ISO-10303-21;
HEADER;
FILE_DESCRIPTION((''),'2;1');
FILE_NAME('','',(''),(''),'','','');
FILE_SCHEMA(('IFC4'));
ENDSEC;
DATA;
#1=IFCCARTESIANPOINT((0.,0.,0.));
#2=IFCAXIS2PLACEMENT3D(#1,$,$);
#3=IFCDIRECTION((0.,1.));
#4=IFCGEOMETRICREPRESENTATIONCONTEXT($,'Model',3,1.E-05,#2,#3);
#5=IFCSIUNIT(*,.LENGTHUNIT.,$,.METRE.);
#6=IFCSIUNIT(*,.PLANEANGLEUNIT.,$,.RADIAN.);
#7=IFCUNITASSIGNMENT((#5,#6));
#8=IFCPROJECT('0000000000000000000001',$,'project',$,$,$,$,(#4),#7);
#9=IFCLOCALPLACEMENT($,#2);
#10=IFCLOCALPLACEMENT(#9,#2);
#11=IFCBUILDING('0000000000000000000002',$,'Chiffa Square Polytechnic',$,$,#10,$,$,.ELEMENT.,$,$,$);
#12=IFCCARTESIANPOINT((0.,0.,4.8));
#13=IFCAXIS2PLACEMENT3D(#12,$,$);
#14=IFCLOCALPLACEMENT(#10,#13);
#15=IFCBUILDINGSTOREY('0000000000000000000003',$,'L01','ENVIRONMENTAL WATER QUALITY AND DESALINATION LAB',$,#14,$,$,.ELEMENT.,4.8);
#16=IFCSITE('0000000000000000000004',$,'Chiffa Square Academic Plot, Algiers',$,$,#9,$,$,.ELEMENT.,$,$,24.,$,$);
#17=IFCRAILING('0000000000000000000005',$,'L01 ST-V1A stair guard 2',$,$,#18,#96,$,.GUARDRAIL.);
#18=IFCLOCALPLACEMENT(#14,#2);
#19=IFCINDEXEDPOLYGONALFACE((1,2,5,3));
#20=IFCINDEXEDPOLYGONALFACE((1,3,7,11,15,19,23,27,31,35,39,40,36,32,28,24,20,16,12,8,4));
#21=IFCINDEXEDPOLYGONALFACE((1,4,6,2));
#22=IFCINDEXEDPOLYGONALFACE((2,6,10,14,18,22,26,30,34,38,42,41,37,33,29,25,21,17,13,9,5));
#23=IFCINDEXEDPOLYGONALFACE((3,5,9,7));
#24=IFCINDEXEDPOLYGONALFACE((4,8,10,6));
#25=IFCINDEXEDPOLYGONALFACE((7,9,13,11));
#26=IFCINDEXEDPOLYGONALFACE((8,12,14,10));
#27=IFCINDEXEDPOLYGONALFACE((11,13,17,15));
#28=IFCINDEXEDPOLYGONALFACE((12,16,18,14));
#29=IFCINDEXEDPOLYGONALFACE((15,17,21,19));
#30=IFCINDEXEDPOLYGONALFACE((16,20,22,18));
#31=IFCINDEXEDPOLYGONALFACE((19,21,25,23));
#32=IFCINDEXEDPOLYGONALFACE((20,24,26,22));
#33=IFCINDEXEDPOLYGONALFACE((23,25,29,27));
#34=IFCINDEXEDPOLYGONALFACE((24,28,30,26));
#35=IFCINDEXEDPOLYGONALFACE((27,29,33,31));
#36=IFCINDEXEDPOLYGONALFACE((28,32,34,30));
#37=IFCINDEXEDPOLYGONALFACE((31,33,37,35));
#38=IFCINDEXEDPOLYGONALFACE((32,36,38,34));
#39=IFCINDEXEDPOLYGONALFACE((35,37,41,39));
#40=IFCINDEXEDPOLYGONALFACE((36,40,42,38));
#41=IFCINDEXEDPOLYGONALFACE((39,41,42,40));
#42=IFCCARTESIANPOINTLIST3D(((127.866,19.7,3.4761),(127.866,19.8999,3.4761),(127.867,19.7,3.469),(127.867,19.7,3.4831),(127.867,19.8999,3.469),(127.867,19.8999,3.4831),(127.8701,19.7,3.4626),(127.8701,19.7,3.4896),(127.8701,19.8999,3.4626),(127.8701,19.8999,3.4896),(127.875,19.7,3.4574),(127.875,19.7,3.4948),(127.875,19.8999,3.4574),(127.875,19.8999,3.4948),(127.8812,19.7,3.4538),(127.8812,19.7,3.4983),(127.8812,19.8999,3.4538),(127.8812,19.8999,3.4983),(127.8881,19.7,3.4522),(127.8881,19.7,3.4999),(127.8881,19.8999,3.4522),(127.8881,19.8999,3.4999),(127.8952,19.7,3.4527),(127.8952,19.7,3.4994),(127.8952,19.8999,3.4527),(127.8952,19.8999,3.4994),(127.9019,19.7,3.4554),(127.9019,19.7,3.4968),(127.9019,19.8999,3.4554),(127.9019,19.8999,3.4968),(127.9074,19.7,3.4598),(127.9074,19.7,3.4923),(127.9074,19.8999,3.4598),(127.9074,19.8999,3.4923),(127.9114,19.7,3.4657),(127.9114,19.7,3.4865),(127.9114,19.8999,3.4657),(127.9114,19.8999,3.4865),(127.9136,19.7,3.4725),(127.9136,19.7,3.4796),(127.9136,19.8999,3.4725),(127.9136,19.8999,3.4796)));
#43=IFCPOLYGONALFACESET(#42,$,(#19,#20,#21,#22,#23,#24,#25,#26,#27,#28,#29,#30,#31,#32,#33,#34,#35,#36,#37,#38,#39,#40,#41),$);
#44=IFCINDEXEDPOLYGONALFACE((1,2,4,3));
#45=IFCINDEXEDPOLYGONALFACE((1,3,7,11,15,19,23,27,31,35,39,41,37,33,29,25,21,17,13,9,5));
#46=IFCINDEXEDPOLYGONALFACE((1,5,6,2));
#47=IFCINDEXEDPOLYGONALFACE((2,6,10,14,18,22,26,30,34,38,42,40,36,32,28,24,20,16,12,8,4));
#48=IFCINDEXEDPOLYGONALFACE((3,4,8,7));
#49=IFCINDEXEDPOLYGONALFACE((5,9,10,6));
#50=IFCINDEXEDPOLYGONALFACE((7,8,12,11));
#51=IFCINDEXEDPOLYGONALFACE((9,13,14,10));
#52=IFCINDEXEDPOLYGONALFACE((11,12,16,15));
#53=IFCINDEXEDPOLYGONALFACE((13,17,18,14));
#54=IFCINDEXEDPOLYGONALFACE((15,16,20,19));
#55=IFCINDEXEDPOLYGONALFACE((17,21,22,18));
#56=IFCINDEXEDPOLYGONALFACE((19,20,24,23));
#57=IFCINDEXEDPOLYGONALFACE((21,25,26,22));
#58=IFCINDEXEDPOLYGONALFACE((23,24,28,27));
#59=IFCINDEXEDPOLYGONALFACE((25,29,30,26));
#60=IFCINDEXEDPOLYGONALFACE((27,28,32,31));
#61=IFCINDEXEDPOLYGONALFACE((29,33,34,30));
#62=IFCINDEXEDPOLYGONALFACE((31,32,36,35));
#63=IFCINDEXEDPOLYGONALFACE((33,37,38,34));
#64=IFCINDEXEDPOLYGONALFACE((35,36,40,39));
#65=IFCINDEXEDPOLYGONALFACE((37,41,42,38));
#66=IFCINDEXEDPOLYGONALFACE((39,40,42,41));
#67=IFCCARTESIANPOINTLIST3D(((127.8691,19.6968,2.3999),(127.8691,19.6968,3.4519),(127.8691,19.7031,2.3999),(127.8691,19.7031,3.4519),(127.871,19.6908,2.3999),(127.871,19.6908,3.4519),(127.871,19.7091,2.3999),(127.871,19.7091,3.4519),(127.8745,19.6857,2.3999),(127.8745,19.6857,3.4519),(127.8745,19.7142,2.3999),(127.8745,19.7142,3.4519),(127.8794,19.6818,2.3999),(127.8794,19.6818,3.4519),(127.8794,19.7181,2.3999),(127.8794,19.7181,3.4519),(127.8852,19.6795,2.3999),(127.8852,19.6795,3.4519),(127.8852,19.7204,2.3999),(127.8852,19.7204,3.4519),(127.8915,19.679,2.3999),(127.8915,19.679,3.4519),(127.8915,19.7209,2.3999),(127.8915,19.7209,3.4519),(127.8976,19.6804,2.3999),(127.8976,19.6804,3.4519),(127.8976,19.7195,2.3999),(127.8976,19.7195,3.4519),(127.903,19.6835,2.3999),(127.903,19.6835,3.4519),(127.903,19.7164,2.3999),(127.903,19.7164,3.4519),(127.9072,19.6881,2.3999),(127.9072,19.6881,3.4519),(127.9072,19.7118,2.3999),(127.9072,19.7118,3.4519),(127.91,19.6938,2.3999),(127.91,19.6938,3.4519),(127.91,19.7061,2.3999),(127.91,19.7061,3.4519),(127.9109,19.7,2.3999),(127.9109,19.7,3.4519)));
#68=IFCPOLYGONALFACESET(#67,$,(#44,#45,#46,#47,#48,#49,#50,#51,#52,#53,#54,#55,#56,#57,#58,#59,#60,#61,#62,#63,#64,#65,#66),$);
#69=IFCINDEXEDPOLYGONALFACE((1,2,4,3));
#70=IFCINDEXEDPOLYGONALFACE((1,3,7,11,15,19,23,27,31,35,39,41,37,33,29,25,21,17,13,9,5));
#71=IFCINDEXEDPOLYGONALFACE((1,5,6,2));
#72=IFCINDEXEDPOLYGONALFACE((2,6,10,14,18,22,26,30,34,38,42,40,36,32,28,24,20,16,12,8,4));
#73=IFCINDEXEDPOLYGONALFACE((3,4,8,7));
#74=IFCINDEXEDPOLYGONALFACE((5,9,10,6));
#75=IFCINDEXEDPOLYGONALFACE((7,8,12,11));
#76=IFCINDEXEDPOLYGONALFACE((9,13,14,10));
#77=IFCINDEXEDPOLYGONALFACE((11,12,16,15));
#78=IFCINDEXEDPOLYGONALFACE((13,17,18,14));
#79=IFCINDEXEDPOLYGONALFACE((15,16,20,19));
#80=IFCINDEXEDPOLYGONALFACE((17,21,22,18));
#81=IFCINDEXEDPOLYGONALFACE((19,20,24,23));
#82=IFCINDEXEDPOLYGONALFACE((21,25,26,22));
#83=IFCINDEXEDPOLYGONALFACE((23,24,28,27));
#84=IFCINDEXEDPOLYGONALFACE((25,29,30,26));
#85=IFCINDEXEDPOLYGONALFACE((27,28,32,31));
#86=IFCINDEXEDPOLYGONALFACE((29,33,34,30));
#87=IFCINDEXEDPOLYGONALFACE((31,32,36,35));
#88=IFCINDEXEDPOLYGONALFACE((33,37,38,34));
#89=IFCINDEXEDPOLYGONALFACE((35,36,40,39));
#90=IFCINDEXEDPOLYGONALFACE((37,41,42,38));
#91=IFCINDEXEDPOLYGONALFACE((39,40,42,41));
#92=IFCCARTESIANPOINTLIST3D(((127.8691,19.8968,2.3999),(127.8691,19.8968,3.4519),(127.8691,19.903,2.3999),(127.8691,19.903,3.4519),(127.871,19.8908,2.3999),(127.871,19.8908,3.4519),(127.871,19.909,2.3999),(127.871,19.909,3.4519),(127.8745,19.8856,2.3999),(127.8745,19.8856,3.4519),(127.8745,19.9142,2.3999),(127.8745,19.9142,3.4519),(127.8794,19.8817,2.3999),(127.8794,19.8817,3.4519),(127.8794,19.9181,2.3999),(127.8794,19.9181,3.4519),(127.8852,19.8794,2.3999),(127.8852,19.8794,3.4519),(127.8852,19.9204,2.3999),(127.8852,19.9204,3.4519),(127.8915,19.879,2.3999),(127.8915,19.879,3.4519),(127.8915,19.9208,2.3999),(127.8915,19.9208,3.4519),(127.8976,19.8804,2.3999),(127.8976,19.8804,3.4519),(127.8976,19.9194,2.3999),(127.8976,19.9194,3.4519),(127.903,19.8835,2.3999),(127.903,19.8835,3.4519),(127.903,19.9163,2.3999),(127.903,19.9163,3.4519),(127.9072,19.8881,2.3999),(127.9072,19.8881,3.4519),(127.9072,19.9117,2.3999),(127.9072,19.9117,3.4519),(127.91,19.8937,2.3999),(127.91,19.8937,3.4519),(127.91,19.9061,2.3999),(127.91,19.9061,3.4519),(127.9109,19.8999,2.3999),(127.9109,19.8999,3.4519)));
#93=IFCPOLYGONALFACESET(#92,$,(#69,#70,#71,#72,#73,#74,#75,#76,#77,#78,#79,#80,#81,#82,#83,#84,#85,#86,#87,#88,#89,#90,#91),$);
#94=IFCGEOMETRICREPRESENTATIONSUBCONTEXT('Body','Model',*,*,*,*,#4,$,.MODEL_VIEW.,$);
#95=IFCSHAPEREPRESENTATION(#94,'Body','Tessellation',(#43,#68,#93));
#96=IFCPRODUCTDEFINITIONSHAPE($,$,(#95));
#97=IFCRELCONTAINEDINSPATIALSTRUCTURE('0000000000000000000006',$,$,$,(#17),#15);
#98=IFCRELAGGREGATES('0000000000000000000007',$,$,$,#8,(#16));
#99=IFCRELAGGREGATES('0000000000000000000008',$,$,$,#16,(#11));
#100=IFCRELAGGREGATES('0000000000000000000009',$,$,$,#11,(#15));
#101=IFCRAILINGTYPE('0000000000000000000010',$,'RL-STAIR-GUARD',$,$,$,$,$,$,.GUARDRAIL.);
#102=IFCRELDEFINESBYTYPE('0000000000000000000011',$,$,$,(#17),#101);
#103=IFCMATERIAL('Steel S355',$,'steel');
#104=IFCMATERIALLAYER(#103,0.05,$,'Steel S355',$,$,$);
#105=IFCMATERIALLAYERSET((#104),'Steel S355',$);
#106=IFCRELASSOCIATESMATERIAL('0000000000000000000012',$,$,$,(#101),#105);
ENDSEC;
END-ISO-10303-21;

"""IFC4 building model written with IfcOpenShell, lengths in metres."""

from ifc_helpers import new_model, si_unit, direction, frame, origin, origin_2d, place, context, subcontext, project, spatial, circle, extrude, material, layer, layer_set, type_object, element, save


model = new_model("IFC4")

# Units and contexts
model_context = context("Model", 3, precision=1e-05, world=origin(), true_north=direction((0.0, 1.0)))
body_context = subcontext(model_context, "Body", "Model", "MODEL_VIEW")
ifc_project = project(units=[si_unit("LENGTHUNIT", "METRE"), si_unit("PLANEANGLEUNIT", "RADIAN")], contexts=[model_context])

# Site, building, storey
site_placement = place(None, origin())
site = spatial("IfcSite", under=ifc_project, at=site_placement, Name="Chiffa Square Academic Plot, Algiers", CompositionType="ELEMENT", RefElevation=24.0)
building_placement = place(site_placement, origin())
building = spatial("IfcBuilding", under=site, at=building_placement, Name="Chiffa Square Polytechnic", CompositionType="ELEMENT")
storey_placement = place(building_placement, frame((0.0, 0.0, 4.8)))
storey = spatial("IfcBuildingStorey", under=building, at=storey_placement, Name="L01", Description="ENVIRONMENTAL WATER QUALITY AND DESALINATION LAB", CompositionType="ELEMENT", Elevation=4.8)

# Railing
ifc_material_1 = material(Name="Steel S355", Category="steel")
ifc_layer_1 = layer(ifc_material_1, 0.05, Name="Steel S355")
ifc_layer_set_1 = layer_set([ifc_layer_1], Name="Steel S355")
railing_type_1 = type_object("IfcRailingType", Name="RL-STAIR-GUARD", PredefinedType="GUARDRAIL", material=ifc_layer_set_1)
railing_1_placement = place(storey_placement, frame((127.8899, 19.7, 2.3999)))
element("IfcRailing", 1, at=railing_1_placement, inside=storey, type_object=railing_type_1, Name="L01 ST-V1A stair guard 2", PredefinedType="GUARDRAIL", context=body_context, shape_type="SweptSolid", body=[
    extrude(circle(Radius=0.0239, at=origin_2d()), frame((0.0, 0.0, 1.0762), z_axis=(0.0, 1.0, 0.0), x_axis=(-1.0, 0.0, 0.0)), (0.0, 0.0, 1.0), 0.2),
    extrude(circle(Radius=0.021, at=origin_2d()), origin(), (0.0, 0.0, 1.0), 1.052),
    extrude(circle(Radius=0.021, at=origin_2d()), frame((0.0, 0.2, 0.0)), (0.0, 0.0, 1.0), 1.052),
])

save(model, "model.ifc")
